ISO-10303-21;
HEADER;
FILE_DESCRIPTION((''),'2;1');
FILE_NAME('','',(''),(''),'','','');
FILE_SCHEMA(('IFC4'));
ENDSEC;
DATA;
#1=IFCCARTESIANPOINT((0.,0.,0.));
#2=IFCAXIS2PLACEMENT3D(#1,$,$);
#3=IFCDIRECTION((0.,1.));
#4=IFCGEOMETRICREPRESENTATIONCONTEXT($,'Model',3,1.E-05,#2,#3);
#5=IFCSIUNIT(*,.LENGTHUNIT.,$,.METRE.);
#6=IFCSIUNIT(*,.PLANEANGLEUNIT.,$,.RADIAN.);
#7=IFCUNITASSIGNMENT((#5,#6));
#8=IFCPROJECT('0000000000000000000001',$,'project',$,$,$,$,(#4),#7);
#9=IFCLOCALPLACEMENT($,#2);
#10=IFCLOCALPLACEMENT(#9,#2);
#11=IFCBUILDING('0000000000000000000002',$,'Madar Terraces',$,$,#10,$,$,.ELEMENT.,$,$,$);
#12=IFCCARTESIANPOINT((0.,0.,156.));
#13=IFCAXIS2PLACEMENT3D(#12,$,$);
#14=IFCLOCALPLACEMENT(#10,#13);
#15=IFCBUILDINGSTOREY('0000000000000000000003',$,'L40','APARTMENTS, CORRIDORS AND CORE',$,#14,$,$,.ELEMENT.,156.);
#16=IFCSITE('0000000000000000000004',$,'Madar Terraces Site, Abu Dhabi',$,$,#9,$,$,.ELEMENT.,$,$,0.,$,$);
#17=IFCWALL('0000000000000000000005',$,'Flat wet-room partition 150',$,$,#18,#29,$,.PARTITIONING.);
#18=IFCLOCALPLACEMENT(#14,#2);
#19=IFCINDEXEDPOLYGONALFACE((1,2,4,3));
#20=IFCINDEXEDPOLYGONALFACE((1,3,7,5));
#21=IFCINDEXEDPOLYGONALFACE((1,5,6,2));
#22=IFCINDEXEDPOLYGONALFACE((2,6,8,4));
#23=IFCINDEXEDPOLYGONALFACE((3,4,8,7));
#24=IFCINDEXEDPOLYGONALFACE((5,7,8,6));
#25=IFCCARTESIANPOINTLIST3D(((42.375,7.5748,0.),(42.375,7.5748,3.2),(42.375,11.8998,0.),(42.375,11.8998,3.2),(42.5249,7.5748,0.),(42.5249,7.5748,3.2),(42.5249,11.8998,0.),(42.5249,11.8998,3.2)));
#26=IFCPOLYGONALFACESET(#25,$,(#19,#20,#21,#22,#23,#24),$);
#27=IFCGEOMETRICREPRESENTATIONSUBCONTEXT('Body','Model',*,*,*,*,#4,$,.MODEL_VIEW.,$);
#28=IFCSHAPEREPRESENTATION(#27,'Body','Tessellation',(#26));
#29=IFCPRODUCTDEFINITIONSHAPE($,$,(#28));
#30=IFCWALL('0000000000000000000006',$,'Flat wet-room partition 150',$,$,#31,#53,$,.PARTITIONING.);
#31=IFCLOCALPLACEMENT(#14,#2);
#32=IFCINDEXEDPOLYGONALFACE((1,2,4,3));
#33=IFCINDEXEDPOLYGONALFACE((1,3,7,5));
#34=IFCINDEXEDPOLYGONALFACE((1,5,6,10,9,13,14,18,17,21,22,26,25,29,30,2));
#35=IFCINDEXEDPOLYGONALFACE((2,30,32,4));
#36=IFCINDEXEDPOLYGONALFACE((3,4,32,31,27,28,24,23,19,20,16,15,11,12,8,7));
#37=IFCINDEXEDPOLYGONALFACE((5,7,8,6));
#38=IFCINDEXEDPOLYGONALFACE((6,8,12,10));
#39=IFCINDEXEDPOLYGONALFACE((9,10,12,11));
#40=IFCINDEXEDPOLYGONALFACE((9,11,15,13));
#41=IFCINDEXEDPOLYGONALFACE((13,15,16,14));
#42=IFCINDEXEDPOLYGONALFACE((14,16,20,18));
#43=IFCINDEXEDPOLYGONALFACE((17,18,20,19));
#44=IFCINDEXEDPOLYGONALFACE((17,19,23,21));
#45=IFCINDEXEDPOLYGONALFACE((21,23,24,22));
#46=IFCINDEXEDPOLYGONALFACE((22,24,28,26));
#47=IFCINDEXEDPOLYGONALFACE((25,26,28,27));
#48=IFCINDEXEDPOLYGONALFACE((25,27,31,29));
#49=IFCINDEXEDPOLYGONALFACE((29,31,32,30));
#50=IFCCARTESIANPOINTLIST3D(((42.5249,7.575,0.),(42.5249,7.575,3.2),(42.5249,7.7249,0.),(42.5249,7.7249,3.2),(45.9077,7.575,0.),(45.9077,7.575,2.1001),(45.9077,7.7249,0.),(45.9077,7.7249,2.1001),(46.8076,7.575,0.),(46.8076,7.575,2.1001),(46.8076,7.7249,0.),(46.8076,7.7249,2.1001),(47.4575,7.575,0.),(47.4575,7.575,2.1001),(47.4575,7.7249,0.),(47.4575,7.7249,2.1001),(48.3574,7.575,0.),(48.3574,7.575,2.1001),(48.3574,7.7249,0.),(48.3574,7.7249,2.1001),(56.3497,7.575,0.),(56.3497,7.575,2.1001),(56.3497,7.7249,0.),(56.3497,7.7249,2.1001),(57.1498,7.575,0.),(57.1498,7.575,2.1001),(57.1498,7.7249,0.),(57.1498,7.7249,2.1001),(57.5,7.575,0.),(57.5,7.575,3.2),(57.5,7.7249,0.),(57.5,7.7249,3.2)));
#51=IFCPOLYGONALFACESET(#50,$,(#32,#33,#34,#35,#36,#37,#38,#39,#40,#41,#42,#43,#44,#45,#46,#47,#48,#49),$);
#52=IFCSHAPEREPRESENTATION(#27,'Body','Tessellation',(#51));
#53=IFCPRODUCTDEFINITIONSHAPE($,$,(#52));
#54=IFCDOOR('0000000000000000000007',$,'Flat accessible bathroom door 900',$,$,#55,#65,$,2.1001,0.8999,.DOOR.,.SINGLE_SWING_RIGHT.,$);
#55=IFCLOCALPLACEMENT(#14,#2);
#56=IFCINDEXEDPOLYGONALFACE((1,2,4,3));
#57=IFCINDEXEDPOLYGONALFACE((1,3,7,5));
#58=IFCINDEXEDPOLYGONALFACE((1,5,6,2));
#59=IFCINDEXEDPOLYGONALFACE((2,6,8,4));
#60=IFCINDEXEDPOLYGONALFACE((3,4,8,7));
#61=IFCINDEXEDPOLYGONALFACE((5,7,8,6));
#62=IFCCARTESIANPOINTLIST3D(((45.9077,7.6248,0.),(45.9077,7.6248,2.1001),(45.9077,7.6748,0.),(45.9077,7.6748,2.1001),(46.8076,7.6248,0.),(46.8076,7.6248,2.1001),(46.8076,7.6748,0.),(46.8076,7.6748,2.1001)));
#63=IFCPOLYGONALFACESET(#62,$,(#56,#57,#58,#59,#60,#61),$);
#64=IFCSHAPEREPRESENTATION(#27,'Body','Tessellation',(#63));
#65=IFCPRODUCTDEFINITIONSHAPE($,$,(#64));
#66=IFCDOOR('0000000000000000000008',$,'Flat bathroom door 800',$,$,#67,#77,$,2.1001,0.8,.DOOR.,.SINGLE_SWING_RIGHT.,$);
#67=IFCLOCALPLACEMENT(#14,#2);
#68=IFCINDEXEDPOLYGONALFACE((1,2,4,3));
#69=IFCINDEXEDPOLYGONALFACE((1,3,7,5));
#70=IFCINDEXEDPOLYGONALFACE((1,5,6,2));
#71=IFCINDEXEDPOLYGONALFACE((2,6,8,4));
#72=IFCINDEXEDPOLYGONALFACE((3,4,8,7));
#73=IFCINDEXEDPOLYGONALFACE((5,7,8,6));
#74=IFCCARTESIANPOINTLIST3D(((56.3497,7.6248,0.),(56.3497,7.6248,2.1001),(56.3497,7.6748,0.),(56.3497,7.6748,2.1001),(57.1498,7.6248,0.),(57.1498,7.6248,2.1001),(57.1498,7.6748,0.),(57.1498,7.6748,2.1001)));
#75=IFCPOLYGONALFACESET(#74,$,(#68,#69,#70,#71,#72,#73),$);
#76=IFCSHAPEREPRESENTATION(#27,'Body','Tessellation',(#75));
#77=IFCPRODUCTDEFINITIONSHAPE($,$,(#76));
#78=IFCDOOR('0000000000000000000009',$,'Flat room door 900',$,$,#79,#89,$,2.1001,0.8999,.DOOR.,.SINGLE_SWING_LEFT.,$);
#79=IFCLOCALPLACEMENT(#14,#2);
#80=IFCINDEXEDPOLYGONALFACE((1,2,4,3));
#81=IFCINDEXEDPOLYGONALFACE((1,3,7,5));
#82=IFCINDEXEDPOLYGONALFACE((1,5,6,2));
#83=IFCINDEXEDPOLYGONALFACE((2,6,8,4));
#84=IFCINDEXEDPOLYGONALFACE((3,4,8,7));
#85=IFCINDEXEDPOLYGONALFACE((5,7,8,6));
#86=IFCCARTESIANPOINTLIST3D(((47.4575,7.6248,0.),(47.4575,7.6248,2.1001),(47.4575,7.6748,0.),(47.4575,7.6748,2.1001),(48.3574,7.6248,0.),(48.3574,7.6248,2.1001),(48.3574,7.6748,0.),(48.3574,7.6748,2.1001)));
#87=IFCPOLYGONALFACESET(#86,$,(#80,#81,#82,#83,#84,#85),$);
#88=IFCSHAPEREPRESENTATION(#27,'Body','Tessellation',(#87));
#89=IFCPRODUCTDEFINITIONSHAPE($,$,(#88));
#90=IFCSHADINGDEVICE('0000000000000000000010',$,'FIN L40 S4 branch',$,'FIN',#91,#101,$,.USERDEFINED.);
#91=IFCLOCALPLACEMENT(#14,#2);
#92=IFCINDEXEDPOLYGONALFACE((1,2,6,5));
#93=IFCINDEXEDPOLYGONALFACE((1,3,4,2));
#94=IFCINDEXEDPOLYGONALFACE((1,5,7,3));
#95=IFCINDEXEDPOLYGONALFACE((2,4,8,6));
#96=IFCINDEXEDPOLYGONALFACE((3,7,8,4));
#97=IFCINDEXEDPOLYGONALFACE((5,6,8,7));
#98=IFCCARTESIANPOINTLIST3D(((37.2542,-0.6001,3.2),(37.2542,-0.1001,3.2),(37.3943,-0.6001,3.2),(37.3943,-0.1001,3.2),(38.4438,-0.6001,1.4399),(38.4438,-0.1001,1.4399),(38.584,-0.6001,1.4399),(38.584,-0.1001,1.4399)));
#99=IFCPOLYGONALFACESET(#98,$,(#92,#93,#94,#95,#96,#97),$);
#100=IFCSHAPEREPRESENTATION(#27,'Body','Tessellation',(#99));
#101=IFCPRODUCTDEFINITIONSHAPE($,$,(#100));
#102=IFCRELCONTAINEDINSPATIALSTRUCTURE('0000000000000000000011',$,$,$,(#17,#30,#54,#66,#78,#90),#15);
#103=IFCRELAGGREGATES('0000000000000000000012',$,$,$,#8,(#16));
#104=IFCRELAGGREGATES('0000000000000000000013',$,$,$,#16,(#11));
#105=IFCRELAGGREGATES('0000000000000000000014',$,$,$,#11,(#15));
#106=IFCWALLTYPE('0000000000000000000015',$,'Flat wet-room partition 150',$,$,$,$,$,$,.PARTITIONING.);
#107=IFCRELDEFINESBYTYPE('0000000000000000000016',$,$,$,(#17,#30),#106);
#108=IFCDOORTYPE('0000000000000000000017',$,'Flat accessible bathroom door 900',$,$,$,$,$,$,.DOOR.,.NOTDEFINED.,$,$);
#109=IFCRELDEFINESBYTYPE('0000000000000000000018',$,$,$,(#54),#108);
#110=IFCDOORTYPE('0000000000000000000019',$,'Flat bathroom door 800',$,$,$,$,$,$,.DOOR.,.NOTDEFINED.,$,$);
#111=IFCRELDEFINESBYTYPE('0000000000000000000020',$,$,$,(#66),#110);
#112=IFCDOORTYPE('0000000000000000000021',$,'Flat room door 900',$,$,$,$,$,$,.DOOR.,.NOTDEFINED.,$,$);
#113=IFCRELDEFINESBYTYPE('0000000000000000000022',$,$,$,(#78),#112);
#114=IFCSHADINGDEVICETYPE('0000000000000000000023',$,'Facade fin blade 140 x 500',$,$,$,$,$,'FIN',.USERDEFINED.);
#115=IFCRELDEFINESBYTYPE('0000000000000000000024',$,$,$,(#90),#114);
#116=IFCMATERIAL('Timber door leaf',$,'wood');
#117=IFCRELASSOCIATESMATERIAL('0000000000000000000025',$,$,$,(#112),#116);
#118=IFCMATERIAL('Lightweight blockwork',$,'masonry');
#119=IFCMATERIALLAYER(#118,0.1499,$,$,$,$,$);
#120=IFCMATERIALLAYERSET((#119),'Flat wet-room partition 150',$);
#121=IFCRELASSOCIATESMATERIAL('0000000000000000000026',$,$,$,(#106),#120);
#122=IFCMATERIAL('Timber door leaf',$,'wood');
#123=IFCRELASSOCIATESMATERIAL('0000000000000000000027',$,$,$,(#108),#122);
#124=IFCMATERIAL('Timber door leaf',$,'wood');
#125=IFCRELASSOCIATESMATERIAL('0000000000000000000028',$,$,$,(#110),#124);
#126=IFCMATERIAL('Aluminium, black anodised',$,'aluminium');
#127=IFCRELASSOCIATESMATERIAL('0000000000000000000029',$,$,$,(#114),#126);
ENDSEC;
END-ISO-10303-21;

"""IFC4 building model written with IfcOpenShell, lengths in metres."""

from ifc_helpers import new_model, si_unit, direction, frame, frame_2d, origin, place, context, subcontext, project, spatial, polyline, rectangle, outline, extrude, material, layer, layer_set, type_object, element, fill, save


model = new_model("IFC4")

# Units and contexts
model_context = context("Model", 3, precision=1e-05, world=origin(), true_north=direction((0.0, 1.0)))
body_context = subcontext(model_context, "Body", "Model", "MODEL_VIEW")
ifc_project = project(units=[si_unit("LENGTHUNIT", "METRE"), si_unit("PLANEANGLEUNIT", "RADIAN")], contexts=[model_context])

# Site, building, storey
site_placement = place(None, origin())
site = spatial("IfcSite", under=ifc_project, at=site_placement, Name="Madar Terraces Site, Abu Dhabi", CompositionType="ELEMENT", RefElevation=0.0)
building_placement = place(site_placement, origin())
building = spatial("IfcBuilding", under=site, at=building_placement, Name="Madar Terraces", CompositionType="ELEMENT")
storey_placement = place(building_placement, frame((0.0, 0.0, 156.0)))
storey = spatial("IfcBuildingStorey", under=building, at=storey_placement, Name="L40", Description="APARTMENTS, CORRIDORS AND CORE", CompositionType="ELEMENT", Elevation=156.0)

# Shared definitions
ifc_material_1 = material(Name="Timber door leaf", Category="wood")
door_type_1 = type_object("IfcDoorType", Name="Flat room door 900", OperationType="NOTDEFINED", PredefinedType="DOOR", material=ifc_material_1)

# Wall
ifc_material_2 = material(Name="Lightweight blockwork", Category="masonry")
ifc_layer_1 = layer(ifc_material_2, 0.1499)
ifc_layer_set_1 = layer_set([ifc_layer_1], Name="Flat wet-room partition 150")
wall_type_1 = type_object("IfcWallType", Name="Flat wet-room partition 150", PredefinedType="PARTITIONING", material=ifc_layer_set_1)
wall_1_placement = place(storey_placement, frame((42.45, 11.8999, 0.0), z_axis=(0.0, 0.0, 1.0), x_axis=(0.0, -1.0, 0.0)))
element("IfcWall", 1, at=wall_1_placement, inside=storey, type_object=wall_type_1, Name="Flat wet-room partition 150", PredefinedType="PARTITIONING", context=body_context, shape_type="SweptSolid", body=[
    extrude(rectangle(XDim=4.325, YDim=0.1499, at=frame_2d((2.1626, 0.0))), origin(), (0.0, 0.0, 1.0), 3.2),
])

# Wall, openings, doors
wall_2_placement = place(storey_placement, frame((42.5249, 7.6499, 0.0), z_axis=(0.0, 0.0, 1.0), x_axis=(1.0, 0.0, 0.0)))
wall_2 = element("IfcWall", 2, at=wall_2_placement, inside=storey, type_object=wall_type_1, Name="Flat wet-room partition 150", PredefinedType="PARTITIONING", context=body_context, shape_type="SweptSolid", body=[
    extrude(rectangle(XDim=14.9751, YDim=0.1499, at=frame_2d((7.4875, 0.0))), origin(), (0.0, 0.0, 1.0), 3.2),
])
opening_1_placement = place(wall_2_placement, frame((3.3828, 0.0, 0.0)))
opening_1 = element("IfcOpeningElement", 3, at=opening_1_placement, cuts=wall_2, PredefinedType="OPENING", context=body_context, shape_type="SweptSolid", body=[
    extrude(rectangle(XDim=0.8999, YDim=2.1001, at=frame_2d((0.45, 1.05))), frame((0.0, 0.085, 0.0), z_axis=(0.0, -1.0, 0.0), x_axis=(1.0, 0.0, 0.0)), (0.0, 0.0, 1.0), 0.1699),
])
opening_2_placement = place(wall_2_placement, frame((4.9326, 0.0, 0.0)))
opening_2 = element("IfcOpeningElement", 4, at=opening_2_placement, cuts=wall_2, PredefinedType="OPENING", context=body_context, shape_type="SweptSolid", body=[
    extrude(rectangle(XDim=0.8999, YDim=2.1001, at=frame_2d((0.45, 1.05))), frame((0.0, 0.085, 0.0), z_axis=(0.0, -1.0, 0.0), x_axis=(1.0, 0.0, 0.0)), (0.0, 0.0, 1.0), 0.1699),
])
opening_3_placement = place(wall_2_placement, frame((13.825, 0.0, 0.0)))
opening_3 = element("IfcOpeningElement", 5, at=opening_3_placement, cuts=wall_2, PredefinedType="OPENING", context=body_context, shape_type="SweptSolid", body=[
    extrude(rectangle(XDim=0.8, YDim=2.1001, at=frame_2d((0.3999, 1.05))), frame((0.0, 0.085, 0.0), z_axis=(0.0, -1.0, 0.0), x_axis=(1.0, 0.0, 0.0)), (0.0, 0.0, 1.0), 0.1699),
])
ifc_material_3 = material(Name="Timber door leaf", Category="wood")
door_type_2 = type_object("IfcDoorType", Name="Flat accessible bathroom door 900", OperationType="NOTDEFINED", PredefinedType="DOOR", material=ifc_material_3)
door_1_placement = place(opening_1_placement, origin())
door_1 = element("IfcDoor", 6, at=door_1_placement, inside=storey, type_object=door_type_2, Name="Flat accessible bathroom door 900", OperationType="SINGLE_SWING_RIGHT", OverallHeight=2.1001, OverallWidth=0.8999, PredefinedType="DOOR", context=body_context, shape_type="SweptSolid", body=[
    extrude(rectangle(XDim=0.8999, YDim=2.1001, at=frame_2d((0.45, 1.05))), frame((0.0, 0.0249, 0.0), z_axis=(0.0, -1.0, 0.0), x_axis=(1.0, 0.0, 0.0)), (0.0, 0.0, 1.0), 0.05),
])
fill(opening_1, door_1)
ifc_material_4 = material(Name="Timber door leaf", Category="wood")
door_type_3 = type_object("IfcDoorType", Name="Flat bathroom door 800", OperationType="NOTDEFINED", PredefinedType="DOOR", material=ifc_material_4)
door_2_placement = place(opening_3_placement, origin())
door_2 = element("IfcDoor", 7, at=door_2_placement, inside=storey, type_object=door_type_3, Name="Flat bathroom door 800", OperationType="SINGLE_SWING_RIGHT", OverallHeight=2.1001, OverallWidth=0.8, PredefinedType="DOOR", context=body_context, shape_type="SweptSolid", body=[
    extrude(rectangle(XDim=0.8, YDim=2.1001, at=frame_2d((0.3999, 1.05))), frame((0.0, 0.0249, 0.0), z_axis=(0.0, -1.0, 0.0), x_axis=(1.0, 0.0, 0.0)), (0.0, 0.0, 1.0), 0.05),
])
fill(opening_3, door_2)
door_3_placement = place(opening_2_placement, origin())
door_3 = element("IfcDoor", 8, at=door_3_placement, inside=storey, type_object=door_type_1, Name="Flat room door 900", OperationType="SINGLE_SWING_LEFT", OverallHeight=2.1001, OverallWidth=0.8999, PredefinedType="DOOR", context=body_context, shape_type="SweptSolid", body=[
    extrude(rectangle(XDim=0.8999, YDim=2.1001, at=frame_2d((0.45, 1.05))), frame((0.0, 0.0249, 0.0), z_axis=(0.0, -1.0, 0.0), x_axis=(1.0, 0.0, 0.0)), (0.0, 0.0, 1.0), 0.05),
])
fill(opening_2, door_3)

# Shading device
ifc_material_5 = material(Name="Aluminium, black anodised", Category="aluminium")
shading_device_type = type_object("IfcShadingDeviceType", Name="Facade fin blade 140 x 500", ElementType="FIN", PredefinedType="USERDEFINED", material=ifc_material_5)
shading_device_placement = place(storey_placement, frame((38.4438, -0.3501, 1.4399), z_axis=(0.0, 0.0, 1.0), x_axis=(1.0, 0.0, 0.0)))
element("IfcShadingDevice", 9, at=shading_device_placement, inside=storey, type_object=shading_device_type, Name="FIN L40 S4 branch", ObjectType="FIN", PredefinedType="USERDEFINED", context=body_context, shape_type="SweptSolid", body=[
    extrude(outline(polyline([(0.0, 0.0), (0.1401, 0.0), (-1.0496, 1.76), (-1.1897, 1.76), (0.0, 0.0)])), frame((0.0, 0.25, 0.0), z_axis=(0.0, -1.0, 0.0), x_axis=(1.0, 0.0, 0.0)), (0.0, 0.0, 1.0), 0.5),
])

save(model, "model.ifc")
